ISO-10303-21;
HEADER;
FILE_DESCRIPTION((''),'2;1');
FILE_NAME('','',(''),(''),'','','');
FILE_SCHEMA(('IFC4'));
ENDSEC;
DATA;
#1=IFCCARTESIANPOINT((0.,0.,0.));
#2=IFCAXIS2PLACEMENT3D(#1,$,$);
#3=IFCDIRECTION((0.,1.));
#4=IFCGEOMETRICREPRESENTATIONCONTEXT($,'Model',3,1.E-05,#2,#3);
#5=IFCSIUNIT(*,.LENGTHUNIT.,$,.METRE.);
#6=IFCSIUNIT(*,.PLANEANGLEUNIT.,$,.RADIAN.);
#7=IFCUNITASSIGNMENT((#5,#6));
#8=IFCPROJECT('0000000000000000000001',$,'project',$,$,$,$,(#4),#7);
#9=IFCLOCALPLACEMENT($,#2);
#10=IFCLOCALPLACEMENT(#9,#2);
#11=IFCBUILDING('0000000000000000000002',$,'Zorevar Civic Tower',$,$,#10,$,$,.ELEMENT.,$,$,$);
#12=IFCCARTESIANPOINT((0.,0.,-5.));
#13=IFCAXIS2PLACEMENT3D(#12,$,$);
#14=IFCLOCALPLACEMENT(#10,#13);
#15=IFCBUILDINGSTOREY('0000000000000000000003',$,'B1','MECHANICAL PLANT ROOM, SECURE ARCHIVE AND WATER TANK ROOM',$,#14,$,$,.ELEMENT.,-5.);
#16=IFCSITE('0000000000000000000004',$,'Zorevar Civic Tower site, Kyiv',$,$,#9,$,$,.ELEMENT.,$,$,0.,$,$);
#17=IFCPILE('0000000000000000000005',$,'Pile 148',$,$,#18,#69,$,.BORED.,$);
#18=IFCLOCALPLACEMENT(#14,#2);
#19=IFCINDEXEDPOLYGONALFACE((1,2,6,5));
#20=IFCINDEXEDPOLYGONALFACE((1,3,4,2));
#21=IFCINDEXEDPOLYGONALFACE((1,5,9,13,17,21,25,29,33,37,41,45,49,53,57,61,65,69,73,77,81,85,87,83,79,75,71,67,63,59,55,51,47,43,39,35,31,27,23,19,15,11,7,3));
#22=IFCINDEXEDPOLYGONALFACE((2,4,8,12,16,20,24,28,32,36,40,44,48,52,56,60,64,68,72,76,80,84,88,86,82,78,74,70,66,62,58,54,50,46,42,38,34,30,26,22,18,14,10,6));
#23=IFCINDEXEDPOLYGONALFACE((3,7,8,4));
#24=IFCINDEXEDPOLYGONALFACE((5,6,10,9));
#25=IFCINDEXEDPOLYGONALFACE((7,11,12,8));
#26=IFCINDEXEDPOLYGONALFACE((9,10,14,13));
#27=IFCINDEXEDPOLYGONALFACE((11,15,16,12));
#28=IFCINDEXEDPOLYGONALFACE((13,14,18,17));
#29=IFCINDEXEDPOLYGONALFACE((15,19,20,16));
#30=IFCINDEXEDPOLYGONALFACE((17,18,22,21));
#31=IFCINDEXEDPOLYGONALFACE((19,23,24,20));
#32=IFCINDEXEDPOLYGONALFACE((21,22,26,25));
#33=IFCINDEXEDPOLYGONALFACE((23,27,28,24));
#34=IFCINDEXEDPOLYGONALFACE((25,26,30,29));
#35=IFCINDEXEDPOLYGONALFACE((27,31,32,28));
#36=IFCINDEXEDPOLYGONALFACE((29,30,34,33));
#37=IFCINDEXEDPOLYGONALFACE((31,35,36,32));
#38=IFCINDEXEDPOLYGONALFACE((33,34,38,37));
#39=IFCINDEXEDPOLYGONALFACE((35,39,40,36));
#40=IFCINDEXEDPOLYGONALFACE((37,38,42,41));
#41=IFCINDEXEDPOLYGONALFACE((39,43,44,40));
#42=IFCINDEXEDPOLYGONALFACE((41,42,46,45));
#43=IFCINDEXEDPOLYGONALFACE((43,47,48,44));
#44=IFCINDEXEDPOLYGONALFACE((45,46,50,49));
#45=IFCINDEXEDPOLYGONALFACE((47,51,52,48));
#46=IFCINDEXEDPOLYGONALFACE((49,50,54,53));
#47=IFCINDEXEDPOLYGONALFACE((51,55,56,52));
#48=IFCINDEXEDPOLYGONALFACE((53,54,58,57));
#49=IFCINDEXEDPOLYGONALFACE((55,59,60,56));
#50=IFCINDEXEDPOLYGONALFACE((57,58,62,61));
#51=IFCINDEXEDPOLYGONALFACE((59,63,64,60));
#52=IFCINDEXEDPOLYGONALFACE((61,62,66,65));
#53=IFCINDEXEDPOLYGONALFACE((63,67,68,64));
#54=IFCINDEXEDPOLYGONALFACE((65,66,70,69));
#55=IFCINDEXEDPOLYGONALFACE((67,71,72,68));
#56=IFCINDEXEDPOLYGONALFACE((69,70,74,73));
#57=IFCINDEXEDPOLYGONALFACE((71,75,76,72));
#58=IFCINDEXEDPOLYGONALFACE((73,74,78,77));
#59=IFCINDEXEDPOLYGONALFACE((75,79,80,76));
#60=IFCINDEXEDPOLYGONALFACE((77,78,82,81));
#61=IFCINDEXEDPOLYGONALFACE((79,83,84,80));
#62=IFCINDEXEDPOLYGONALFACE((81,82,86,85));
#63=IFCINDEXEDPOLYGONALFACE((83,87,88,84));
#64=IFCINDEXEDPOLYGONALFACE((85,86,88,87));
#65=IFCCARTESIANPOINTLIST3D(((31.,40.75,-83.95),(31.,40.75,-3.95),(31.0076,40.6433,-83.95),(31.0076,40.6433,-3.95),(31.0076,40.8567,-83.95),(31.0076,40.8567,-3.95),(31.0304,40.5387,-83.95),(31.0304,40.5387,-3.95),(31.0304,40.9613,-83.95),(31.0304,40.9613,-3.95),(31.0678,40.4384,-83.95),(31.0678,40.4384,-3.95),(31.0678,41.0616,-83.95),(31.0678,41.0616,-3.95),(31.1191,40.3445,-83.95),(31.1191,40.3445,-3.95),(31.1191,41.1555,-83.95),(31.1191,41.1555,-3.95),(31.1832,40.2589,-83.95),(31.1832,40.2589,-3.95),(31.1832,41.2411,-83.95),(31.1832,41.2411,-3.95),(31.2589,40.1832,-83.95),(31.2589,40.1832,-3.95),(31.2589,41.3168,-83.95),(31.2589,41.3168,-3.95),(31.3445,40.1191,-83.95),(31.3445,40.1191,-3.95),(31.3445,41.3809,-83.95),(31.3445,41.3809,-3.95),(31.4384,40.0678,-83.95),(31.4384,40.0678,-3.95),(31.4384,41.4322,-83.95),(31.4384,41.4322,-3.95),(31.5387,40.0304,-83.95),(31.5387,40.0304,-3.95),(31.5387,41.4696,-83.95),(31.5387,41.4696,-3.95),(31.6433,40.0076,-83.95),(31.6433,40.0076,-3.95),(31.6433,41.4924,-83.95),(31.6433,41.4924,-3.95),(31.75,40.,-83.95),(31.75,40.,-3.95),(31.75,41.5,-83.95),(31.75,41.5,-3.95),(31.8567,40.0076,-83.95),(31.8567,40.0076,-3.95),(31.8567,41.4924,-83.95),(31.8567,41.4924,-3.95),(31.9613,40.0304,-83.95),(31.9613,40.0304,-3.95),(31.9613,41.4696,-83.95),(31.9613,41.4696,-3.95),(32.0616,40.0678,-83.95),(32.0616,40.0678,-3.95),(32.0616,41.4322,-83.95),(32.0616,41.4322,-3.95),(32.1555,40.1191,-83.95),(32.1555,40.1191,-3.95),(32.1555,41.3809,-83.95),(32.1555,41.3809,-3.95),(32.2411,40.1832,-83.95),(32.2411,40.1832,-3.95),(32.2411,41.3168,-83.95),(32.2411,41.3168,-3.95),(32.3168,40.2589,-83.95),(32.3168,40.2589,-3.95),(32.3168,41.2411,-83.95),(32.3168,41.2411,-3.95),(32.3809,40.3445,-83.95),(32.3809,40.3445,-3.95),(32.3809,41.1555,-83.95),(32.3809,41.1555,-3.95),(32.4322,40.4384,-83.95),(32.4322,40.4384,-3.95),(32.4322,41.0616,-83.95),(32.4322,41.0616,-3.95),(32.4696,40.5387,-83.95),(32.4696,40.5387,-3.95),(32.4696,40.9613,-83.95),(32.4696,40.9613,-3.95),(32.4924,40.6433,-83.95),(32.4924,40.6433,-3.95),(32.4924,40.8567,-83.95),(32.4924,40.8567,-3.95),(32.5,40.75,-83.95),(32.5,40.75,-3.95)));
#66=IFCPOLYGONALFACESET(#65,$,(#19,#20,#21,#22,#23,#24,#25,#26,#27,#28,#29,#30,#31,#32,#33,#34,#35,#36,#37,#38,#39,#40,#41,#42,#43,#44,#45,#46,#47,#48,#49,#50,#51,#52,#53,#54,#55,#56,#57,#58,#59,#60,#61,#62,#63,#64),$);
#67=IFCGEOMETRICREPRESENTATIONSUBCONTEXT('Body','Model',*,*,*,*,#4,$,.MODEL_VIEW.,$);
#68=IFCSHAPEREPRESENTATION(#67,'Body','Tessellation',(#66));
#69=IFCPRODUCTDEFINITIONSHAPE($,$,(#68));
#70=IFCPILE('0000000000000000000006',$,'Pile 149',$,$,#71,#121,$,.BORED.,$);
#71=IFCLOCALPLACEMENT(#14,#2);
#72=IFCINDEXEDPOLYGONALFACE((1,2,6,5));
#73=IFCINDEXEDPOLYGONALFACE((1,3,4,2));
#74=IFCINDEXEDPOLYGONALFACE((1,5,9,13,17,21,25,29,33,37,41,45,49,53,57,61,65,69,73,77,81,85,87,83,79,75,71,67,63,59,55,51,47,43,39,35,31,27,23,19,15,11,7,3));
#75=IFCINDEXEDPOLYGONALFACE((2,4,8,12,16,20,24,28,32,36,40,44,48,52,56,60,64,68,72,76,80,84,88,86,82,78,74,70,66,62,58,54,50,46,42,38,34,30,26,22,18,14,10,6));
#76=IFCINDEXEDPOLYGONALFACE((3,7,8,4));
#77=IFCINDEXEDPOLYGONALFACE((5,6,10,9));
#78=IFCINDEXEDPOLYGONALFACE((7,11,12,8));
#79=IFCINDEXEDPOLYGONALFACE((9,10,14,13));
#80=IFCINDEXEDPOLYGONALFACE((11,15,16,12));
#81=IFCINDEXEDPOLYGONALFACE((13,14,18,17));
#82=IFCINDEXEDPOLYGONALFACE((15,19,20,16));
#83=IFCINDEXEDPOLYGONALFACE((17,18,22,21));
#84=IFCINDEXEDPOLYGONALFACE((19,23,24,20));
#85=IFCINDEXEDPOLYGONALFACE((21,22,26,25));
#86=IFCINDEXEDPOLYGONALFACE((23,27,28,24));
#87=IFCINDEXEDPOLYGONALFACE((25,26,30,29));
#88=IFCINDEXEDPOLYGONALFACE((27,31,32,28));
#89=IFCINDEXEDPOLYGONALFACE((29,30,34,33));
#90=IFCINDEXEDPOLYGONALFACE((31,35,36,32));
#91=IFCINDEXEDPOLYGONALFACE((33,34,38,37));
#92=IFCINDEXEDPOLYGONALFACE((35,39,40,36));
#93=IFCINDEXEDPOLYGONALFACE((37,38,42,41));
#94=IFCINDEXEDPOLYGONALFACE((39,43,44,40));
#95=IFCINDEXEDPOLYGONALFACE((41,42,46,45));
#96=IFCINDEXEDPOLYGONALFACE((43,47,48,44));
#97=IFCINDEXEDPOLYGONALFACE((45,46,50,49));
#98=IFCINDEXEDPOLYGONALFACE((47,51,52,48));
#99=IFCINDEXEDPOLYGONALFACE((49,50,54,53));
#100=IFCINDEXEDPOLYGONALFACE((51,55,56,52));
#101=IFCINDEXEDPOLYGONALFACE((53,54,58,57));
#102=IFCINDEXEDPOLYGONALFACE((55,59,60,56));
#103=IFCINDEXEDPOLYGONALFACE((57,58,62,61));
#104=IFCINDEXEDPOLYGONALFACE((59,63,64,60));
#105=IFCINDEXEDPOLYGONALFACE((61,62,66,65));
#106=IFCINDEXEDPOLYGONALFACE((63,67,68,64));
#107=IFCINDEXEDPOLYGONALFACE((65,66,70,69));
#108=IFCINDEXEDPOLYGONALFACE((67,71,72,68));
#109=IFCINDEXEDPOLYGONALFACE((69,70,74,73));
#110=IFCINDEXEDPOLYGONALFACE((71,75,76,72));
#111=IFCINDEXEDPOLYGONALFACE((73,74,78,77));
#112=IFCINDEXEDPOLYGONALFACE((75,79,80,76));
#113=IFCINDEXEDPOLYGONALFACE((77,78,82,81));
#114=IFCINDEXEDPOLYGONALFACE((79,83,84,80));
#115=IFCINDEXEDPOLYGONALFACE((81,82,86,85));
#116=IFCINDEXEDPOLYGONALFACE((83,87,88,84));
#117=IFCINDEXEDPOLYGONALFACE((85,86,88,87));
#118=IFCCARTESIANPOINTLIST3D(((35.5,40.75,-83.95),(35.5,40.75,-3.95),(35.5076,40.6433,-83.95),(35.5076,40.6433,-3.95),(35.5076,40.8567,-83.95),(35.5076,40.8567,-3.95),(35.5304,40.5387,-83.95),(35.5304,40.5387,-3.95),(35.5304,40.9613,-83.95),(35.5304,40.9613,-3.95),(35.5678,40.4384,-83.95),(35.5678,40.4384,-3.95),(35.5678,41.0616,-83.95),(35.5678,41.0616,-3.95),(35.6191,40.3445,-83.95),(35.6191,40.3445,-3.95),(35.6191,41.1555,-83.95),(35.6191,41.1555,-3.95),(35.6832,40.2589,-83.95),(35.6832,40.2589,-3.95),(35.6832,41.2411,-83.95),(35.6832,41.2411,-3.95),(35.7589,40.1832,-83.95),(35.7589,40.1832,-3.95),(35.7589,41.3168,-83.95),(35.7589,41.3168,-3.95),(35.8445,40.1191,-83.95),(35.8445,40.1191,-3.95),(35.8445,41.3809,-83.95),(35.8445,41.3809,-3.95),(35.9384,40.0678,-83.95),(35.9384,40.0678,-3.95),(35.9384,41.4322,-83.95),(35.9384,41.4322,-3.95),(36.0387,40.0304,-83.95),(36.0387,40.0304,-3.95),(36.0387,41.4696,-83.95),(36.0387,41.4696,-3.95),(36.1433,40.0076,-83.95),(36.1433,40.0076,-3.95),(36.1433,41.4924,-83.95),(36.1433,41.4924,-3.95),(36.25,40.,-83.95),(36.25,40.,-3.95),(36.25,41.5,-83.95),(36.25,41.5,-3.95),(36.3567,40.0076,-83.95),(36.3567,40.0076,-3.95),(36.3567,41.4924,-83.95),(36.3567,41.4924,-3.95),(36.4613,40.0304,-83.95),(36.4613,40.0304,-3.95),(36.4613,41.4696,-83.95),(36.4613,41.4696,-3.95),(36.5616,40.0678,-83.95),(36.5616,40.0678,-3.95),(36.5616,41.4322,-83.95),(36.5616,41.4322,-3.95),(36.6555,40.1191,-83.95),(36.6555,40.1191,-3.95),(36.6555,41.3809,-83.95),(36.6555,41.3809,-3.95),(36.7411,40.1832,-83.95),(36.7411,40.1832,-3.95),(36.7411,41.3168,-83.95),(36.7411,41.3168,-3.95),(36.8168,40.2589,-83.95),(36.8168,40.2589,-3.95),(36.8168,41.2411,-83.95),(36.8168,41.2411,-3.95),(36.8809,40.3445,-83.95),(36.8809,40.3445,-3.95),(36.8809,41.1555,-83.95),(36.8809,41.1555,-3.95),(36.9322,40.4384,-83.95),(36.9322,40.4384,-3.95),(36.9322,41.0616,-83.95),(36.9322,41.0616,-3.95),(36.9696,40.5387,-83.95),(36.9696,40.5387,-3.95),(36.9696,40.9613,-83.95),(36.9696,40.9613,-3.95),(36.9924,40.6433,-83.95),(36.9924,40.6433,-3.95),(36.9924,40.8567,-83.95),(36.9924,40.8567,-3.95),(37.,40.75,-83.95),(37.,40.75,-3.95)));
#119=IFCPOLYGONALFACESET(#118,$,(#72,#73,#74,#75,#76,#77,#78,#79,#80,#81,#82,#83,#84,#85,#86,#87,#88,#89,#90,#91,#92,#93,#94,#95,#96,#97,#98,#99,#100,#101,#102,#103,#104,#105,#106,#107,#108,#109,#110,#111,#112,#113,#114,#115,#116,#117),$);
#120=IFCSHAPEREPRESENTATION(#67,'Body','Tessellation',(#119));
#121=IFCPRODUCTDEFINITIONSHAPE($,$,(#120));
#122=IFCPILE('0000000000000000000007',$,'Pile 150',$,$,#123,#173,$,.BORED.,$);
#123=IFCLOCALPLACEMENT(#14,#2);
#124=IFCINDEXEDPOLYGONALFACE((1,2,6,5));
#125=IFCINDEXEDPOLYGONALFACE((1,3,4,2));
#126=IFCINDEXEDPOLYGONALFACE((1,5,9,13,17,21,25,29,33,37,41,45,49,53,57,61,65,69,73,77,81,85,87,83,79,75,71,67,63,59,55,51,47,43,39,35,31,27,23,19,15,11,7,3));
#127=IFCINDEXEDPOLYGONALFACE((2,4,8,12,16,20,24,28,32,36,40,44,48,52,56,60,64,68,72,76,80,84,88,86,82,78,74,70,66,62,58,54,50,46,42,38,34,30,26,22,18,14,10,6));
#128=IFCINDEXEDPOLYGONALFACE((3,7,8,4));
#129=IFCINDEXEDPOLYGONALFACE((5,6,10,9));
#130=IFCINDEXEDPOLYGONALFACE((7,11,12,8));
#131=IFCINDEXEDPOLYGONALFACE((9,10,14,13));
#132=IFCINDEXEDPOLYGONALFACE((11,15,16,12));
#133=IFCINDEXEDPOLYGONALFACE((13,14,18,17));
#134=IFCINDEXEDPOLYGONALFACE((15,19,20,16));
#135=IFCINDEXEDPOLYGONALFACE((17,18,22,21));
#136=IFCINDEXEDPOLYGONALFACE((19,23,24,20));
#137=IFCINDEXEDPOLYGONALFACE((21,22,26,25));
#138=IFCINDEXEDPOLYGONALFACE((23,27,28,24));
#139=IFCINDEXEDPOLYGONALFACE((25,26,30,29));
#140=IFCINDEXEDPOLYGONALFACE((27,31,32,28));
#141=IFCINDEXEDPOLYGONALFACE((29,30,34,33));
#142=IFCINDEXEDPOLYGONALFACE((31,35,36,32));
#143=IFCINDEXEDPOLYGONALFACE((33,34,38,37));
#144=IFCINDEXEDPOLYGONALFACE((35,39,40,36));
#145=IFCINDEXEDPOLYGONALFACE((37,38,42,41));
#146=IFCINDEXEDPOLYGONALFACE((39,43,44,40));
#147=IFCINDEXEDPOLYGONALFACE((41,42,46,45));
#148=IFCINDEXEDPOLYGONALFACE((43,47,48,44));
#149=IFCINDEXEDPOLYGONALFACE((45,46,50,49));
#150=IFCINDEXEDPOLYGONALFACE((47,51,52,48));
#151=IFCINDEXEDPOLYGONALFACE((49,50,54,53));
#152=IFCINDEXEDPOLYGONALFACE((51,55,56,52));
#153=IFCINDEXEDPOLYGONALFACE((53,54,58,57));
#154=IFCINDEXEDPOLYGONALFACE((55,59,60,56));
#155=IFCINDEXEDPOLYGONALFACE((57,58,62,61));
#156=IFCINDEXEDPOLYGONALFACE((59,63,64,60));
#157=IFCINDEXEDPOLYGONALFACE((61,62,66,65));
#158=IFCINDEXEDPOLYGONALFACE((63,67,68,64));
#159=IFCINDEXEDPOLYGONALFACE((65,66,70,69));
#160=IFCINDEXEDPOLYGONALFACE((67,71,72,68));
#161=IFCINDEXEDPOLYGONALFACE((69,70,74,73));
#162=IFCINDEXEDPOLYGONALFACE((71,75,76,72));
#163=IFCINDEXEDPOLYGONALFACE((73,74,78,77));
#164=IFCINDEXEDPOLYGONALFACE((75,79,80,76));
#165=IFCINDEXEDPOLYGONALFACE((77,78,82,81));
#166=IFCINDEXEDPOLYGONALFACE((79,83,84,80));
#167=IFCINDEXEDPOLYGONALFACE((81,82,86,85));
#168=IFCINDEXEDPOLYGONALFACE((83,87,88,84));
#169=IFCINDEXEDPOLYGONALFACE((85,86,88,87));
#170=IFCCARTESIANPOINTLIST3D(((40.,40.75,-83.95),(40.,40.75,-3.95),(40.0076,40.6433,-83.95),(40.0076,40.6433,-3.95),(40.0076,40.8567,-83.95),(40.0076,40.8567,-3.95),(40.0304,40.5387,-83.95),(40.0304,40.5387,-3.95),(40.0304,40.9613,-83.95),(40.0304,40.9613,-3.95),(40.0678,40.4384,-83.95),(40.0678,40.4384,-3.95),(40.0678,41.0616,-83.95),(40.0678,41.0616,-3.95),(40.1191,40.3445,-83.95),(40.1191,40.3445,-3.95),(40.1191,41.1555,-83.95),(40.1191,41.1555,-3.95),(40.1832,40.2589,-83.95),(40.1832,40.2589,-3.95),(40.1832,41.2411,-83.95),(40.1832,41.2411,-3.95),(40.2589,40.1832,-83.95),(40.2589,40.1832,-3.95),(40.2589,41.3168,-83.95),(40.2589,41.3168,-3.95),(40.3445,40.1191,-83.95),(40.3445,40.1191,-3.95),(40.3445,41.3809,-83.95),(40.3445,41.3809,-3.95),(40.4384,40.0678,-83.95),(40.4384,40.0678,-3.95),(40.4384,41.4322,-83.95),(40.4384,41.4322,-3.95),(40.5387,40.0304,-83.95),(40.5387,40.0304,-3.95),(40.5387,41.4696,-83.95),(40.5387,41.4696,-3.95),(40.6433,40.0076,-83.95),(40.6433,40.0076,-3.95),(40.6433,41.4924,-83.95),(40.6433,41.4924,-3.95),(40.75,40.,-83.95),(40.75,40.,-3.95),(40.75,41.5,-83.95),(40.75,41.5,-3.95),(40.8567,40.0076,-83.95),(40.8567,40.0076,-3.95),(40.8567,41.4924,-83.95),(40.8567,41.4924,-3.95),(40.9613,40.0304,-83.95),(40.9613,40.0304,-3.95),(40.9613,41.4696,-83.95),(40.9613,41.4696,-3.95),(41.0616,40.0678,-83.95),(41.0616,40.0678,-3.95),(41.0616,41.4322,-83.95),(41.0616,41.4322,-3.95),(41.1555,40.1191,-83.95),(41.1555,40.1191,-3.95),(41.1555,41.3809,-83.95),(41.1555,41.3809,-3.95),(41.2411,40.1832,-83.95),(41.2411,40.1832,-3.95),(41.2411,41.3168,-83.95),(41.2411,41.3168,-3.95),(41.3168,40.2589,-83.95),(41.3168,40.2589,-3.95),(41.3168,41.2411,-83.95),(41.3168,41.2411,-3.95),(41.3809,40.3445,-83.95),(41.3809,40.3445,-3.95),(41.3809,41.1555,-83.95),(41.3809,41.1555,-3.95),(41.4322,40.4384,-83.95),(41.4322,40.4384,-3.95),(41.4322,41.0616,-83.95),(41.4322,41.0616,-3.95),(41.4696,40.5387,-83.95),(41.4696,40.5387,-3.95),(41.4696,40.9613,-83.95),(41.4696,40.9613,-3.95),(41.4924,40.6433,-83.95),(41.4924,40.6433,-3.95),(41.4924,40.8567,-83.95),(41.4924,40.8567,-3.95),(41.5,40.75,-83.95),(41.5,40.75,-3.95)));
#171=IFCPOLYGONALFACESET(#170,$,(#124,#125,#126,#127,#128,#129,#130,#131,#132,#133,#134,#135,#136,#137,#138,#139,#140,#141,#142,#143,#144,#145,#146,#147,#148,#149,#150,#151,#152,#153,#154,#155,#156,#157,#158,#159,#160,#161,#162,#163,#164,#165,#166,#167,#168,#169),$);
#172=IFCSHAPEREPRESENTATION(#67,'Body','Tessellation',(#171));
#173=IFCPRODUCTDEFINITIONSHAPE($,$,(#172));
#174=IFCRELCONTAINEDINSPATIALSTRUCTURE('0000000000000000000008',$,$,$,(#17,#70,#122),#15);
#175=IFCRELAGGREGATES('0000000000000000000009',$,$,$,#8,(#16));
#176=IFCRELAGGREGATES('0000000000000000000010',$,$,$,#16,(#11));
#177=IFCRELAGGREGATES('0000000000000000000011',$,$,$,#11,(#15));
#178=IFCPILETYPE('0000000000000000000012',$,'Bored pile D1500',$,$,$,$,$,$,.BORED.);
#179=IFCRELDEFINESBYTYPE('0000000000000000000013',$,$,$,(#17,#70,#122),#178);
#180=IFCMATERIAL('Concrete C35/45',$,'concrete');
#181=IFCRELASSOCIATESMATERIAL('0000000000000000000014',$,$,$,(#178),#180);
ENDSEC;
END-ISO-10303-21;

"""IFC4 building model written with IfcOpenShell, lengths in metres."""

from ifc_helpers import new_model, si_unit, direction, frame, origin, origin_2d, place, context, subcontext, project, spatial, circle, extrude, material, type_object, element, save


model = new_model("IFC4")

# Units and contexts
model_context = context("Model", 3, precision=1e-05, world=origin(), true_north=direction((0.0, 1.0)))
body_context = subcontext(model_context, "Body", "Model", "MODEL_VIEW")
ifc_project = project(units=[si_unit("LENGTHUNIT", "METRE"), si_unit("PLANEANGLEUNIT", "RADIAN")], contexts=[model_context])

# Site, building, storey
site_placement = place(None, origin())
site = spatial("IfcSite", under=ifc_project, at=site_placement, Name="Zorevar Civic Tower site, Kyiv", CompositionType="ELEMENT", RefElevation=0.0)
building_placement = place(site_placement, origin())
building = spatial("IfcBuilding", under=site, at=building_placement, Name="Zorevar Civic Tower", CompositionType="ELEMENT")
storey_placement = place(building_placement, frame((0.0, 0.0, -5.0)))
storey = spatial("IfcBuildingStorey", under=building, at=storey_placement, Name="B1", Description="MECHANICAL PLANT ROOM, SECURE ARCHIVE AND WATER TANK ROOM", CompositionType="ELEMENT", Elevation=-5.0)

# Piles
ifc_material_1 = material(Name="Concrete C35/45", Category="concrete")
pile_type = type_object("IfcPileType", Name="Bored pile D1500", PredefinedType="BORED", material=ifc_material_1)
for number, where, z_axis, x_axis, name in (
    (1, (31.75, 40.75, -3.95), (0.0, 0.0, -1.0), (1.0, 0.0, 0.0), "Pile 148"),
    (2, (36.25, 40.75, -3.95), (0.0, 0.0, -1.0), (1.0, 0.0, 0.0), "Pile 149"),
    (3, (40.75, 40.75, -3.95), (0.0, 0.0, -1.0), (1.0, 0.0, 0.0), "Pile 150"),
):
    element("IfcPile", number, at=place(storey_placement, frame(where, z_axis=z_axis, x_axis=x_axis)), inside=storey, type_object=pile_type, Name=name, PredefinedType="BORED", context=body_context, shape_type="SweptSolid", body=[
        extrude(circle(Radius=0.75, at=origin_2d()), origin(), (0.0, 0.0, 1.0), 80.0),
    ])

save(model, "model.ifc")
